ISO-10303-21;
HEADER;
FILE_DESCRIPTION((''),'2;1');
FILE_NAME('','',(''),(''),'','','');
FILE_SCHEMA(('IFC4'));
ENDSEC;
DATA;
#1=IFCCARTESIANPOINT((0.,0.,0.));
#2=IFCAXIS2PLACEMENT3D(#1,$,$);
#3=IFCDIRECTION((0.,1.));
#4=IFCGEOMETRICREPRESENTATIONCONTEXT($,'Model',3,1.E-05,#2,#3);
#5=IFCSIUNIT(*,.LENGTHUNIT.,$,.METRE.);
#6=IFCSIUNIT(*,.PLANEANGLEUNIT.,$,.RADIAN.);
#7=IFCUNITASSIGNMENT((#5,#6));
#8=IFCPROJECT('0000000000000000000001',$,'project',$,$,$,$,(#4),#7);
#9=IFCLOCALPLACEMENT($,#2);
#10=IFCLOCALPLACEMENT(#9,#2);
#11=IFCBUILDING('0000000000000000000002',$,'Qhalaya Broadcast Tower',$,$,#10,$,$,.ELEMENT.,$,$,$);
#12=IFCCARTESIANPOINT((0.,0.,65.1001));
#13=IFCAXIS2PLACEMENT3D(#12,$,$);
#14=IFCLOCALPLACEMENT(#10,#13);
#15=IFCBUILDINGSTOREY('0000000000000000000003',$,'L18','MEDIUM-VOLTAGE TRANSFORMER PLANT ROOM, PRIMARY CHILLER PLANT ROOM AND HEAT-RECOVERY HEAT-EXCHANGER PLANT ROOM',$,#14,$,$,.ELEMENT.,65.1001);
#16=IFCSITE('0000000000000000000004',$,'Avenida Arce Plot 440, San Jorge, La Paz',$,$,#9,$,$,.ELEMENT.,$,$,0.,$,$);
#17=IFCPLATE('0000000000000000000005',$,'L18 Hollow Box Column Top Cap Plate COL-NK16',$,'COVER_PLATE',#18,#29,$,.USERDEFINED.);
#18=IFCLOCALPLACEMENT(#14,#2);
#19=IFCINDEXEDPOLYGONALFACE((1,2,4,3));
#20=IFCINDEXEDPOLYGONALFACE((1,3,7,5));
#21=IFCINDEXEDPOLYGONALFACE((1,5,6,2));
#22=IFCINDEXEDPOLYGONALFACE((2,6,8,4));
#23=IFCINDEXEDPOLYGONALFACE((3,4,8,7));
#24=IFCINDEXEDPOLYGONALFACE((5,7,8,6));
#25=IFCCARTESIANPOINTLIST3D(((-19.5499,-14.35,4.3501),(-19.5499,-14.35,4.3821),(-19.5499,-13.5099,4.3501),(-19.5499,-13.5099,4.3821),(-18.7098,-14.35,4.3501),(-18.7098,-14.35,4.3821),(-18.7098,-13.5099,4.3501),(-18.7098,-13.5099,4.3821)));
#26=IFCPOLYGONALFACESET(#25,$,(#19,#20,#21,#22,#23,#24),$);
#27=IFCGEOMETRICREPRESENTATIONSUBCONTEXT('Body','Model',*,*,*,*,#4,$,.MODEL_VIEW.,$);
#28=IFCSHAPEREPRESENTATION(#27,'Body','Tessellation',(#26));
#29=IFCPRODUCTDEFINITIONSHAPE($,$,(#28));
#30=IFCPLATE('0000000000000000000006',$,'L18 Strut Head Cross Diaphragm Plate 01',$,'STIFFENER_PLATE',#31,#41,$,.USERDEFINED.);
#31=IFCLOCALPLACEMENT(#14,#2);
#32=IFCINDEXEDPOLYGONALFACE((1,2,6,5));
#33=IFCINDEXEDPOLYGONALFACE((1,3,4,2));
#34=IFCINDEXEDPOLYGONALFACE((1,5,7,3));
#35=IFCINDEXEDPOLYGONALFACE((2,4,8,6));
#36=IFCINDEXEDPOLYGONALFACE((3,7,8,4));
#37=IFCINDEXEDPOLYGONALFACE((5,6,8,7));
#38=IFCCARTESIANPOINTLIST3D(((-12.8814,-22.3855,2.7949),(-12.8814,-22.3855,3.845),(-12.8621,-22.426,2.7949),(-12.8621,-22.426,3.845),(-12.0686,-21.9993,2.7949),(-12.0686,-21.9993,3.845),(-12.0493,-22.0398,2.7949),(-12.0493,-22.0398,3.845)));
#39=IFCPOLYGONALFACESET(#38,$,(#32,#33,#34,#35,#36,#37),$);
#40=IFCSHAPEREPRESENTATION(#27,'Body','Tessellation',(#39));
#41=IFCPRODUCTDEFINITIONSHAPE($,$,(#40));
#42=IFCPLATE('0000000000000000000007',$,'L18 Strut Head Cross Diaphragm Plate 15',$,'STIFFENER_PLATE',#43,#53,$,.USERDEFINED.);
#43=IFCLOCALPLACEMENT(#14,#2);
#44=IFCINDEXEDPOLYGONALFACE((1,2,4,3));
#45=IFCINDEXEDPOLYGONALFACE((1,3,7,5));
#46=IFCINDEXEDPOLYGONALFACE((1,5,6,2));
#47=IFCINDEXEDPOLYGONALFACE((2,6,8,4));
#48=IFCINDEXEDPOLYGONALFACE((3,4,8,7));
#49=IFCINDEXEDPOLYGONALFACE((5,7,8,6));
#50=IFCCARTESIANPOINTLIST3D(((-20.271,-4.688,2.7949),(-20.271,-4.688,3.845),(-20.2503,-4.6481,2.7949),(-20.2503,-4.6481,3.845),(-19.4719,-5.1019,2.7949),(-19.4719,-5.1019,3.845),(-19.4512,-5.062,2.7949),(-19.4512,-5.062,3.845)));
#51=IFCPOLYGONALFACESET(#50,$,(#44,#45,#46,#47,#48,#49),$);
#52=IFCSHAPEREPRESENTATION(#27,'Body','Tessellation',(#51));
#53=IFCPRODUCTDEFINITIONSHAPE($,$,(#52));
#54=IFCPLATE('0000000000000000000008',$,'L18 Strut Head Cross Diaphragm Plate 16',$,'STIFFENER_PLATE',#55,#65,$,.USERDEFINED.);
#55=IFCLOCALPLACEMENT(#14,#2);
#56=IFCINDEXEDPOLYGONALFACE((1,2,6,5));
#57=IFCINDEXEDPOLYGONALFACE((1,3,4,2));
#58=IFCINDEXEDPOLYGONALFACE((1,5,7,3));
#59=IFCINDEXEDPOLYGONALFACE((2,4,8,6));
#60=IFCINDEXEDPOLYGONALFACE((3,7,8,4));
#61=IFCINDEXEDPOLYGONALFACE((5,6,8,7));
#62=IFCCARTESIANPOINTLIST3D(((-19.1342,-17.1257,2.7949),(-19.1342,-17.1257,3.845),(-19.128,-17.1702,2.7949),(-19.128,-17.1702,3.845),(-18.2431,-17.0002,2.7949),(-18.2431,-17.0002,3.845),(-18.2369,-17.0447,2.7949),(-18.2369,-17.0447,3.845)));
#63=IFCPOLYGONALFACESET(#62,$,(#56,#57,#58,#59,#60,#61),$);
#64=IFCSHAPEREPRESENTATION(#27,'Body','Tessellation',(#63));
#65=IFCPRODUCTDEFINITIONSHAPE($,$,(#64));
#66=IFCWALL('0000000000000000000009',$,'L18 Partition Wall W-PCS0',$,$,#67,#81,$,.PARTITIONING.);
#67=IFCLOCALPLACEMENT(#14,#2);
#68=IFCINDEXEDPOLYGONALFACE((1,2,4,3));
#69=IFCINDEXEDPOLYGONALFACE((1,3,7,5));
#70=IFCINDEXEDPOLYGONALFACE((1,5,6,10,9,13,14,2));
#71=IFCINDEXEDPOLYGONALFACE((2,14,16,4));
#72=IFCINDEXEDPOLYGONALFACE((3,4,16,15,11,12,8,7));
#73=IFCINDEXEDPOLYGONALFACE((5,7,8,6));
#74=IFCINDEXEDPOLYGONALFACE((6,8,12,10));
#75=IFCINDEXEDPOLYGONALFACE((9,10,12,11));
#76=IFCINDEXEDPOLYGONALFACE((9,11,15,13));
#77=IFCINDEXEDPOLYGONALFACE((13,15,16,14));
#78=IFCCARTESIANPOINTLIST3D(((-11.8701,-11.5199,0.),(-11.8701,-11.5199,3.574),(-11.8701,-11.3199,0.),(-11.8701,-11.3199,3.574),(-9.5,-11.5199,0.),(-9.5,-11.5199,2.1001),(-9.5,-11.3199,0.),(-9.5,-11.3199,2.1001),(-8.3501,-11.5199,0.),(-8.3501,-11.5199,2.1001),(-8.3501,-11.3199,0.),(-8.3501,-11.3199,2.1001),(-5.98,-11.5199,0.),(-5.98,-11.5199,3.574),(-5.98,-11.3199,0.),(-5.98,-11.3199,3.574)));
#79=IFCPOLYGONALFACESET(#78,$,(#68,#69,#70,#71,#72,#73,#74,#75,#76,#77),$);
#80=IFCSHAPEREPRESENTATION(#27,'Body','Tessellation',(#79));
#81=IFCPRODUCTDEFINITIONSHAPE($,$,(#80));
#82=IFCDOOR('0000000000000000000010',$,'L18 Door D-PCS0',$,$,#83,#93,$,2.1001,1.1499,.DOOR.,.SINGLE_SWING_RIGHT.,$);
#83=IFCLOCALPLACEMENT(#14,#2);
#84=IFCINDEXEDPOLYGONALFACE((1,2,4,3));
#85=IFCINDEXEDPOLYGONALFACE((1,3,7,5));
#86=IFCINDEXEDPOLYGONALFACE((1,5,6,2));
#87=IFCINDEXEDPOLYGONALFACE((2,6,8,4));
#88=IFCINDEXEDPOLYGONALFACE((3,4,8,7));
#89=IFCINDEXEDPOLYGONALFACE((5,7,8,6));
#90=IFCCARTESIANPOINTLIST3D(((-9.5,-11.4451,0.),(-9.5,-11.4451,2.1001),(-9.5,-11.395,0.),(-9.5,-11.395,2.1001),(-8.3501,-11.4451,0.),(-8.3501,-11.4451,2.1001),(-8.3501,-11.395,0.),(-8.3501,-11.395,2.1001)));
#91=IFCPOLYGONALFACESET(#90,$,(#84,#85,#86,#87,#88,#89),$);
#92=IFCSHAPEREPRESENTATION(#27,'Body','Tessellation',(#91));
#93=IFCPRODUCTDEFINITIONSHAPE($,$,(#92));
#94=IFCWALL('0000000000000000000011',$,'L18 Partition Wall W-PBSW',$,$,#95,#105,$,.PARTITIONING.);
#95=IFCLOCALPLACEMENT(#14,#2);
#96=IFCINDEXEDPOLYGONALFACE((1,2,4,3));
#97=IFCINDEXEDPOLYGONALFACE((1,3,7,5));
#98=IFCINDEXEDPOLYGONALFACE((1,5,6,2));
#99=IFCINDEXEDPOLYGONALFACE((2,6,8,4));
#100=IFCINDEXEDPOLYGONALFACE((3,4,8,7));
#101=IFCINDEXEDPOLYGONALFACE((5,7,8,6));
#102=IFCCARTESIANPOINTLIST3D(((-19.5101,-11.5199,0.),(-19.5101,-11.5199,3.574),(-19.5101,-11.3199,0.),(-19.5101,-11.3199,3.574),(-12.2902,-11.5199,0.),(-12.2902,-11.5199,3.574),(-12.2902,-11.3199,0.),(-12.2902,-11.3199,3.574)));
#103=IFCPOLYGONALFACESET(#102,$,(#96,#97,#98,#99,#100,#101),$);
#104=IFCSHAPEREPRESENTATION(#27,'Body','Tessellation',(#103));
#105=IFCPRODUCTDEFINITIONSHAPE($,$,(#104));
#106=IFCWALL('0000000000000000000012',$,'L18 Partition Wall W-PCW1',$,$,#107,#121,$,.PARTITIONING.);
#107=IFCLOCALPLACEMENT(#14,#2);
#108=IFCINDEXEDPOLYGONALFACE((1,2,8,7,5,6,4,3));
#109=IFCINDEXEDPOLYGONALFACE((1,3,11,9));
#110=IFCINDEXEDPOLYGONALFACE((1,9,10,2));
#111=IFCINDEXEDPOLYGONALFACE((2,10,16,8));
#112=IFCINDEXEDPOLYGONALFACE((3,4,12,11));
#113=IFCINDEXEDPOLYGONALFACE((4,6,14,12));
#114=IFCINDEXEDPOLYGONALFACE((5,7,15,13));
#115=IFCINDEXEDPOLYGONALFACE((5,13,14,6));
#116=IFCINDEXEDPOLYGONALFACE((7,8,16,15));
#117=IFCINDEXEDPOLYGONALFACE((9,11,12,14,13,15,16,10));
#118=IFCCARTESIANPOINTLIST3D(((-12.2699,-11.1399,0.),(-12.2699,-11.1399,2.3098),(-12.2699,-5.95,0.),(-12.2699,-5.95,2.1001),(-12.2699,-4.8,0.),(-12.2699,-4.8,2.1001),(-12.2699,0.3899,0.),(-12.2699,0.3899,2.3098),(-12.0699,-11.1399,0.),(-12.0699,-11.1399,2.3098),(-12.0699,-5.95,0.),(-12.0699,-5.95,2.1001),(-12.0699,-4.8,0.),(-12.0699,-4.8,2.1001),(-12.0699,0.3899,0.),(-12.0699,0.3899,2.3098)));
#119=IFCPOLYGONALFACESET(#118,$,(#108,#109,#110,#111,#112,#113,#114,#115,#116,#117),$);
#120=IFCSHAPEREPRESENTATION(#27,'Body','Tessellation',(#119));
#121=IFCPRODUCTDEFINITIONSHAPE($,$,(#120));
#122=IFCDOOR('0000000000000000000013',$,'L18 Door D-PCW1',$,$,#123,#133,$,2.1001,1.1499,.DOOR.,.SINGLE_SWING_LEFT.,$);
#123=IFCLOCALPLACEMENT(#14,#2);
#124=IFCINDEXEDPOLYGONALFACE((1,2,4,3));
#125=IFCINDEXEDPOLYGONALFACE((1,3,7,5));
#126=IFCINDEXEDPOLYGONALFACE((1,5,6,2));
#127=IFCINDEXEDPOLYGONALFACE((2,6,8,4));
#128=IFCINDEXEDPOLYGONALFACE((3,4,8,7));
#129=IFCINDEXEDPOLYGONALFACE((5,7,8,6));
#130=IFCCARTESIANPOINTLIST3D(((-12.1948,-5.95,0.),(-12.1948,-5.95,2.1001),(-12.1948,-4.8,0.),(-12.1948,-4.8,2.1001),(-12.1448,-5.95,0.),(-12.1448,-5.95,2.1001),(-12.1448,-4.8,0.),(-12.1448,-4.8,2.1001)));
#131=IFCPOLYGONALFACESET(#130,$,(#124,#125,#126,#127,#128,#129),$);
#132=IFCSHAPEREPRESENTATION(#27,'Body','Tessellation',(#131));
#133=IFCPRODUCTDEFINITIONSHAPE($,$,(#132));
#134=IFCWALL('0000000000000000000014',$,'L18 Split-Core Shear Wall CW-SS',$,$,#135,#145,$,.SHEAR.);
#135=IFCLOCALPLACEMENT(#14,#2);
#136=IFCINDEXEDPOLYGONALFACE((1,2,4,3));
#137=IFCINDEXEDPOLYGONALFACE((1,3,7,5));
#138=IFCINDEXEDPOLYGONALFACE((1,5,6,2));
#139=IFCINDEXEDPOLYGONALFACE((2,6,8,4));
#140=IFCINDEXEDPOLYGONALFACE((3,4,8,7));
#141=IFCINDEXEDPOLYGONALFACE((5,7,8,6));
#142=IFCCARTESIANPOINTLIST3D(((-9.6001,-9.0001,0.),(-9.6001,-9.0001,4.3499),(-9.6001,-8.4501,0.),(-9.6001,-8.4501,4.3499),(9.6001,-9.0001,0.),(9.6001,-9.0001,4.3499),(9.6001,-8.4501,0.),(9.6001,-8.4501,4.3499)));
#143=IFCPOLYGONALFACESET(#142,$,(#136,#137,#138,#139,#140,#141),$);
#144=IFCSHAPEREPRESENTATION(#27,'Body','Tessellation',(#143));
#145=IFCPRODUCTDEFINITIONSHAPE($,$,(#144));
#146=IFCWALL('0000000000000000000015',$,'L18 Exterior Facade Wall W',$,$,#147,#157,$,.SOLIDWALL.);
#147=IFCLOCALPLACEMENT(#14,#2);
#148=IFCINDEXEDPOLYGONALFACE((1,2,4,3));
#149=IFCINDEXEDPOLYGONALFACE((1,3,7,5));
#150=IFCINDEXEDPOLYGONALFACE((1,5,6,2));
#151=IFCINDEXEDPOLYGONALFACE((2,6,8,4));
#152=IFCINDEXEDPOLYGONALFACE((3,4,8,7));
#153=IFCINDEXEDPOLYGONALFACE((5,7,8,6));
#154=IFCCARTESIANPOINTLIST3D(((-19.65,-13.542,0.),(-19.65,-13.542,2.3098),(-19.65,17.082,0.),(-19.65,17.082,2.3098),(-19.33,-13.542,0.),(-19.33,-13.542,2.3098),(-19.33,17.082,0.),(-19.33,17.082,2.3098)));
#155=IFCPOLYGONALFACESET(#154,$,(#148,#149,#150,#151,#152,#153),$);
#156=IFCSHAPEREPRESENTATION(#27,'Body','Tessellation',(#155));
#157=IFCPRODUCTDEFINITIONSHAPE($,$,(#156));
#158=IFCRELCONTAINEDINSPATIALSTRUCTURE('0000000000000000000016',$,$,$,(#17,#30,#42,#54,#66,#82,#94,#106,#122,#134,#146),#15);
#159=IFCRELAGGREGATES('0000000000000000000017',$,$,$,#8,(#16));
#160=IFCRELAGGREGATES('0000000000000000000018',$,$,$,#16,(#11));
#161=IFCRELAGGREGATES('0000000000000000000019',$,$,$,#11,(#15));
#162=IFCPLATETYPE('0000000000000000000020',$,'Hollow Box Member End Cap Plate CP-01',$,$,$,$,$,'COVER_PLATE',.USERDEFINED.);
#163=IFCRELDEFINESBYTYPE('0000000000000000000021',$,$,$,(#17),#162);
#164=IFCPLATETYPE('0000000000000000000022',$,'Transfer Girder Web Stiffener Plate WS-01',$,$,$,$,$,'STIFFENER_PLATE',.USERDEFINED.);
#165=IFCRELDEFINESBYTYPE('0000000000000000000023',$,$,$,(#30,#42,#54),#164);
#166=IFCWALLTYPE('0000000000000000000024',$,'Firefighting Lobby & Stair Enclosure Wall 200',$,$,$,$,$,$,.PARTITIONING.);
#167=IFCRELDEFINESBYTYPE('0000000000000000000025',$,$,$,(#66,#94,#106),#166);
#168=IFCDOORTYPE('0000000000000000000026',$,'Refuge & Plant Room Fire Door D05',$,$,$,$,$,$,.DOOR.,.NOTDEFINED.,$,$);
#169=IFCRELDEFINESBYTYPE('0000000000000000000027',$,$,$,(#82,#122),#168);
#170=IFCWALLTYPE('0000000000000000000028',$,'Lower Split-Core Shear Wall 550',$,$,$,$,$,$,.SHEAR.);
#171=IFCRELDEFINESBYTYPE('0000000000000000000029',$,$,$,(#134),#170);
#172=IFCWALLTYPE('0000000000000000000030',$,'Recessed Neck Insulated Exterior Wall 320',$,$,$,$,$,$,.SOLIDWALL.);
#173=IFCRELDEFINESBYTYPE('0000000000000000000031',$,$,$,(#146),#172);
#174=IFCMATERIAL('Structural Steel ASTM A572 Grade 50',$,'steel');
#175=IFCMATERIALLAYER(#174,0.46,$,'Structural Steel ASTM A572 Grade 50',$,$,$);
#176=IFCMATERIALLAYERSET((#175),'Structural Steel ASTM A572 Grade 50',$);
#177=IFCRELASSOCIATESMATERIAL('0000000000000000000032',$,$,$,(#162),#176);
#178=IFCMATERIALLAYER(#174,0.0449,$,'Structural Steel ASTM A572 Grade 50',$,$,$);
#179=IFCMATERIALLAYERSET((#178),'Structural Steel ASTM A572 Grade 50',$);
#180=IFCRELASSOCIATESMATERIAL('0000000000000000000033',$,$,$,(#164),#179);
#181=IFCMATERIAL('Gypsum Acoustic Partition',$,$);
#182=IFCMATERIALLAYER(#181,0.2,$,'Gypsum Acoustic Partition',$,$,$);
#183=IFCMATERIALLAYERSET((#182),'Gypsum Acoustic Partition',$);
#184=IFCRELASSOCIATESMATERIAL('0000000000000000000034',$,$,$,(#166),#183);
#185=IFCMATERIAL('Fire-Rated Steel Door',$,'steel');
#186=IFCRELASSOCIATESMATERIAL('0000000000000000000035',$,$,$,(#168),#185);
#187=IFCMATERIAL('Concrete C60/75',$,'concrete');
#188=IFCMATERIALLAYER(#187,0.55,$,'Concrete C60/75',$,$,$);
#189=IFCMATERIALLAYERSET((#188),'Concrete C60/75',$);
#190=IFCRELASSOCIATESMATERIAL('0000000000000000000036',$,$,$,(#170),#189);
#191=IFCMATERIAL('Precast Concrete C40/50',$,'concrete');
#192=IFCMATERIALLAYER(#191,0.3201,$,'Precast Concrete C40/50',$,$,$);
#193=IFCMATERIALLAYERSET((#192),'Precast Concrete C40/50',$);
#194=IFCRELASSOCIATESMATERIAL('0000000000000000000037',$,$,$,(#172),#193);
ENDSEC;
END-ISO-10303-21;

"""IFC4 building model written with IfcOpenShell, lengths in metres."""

from ifc_helpers import new_model, si_unit, direction, frame, frame_2d, origin, origin_2d, place, context, subcontext, project, spatial, rectangle, extrude, material, layer, layer_set, type_object, element, fill, save


model = new_model("IFC4")

# Units and contexts
model_context = context("Model", 3, precision=1e-05, world=origin(), true_north=direction((0.0, 1.0)))
body_context = subcontext(model_context, "Body", "Model", "MODEL_VIEW")
ifc_project = project(units=[si_unit("LENGTHUNIT", "METRE"), si_unit("PLANEANGLEUNIT", "RADIAN")], contexts=[model_context])

# Site, building, storey
site_placement = place(None, origin())
site = spatial("IfcSite", under=ifc_project, at=site_placement, Name="Avenida Arce Plot 440, San Jorge, La Paz", CompositionType="ELEMENT", RefElevation=0.0)
building_placement = place(site_placement, origin())
building = spatial("IfcBuilding", under=site, at=building_placement, Name="Qhalaya Broadcast Tower", CompositionType="ELEMENT")
storey_placement = place(building_placement, frame((0.0, 0.0, 65.1001)))
storey = spatial("IfcBuildingStorey", under=building, at=storey_placement, Name="L18", Description="MEDIUM-VOLTAGE TRANSFORMER PLANT ROOM, PRIMARY CHILLER PLANT ROOM AND HEAT-RECOVERY HEAT-EXCHANGER PLANT ROOM", CompositionType="ELEMENT", Elevation=65.1001)

# Shared definitions
ifc_material_1 = material(Name="Structural Steel ASTM A572 Grade 50", Category="steel")

# Plates
ifc_layer_1 = layer(ifc_material_1, 0.46, Name="Structural Steel ASTM A572 Grade 50")
ifc_layer_set_1 = layer_set([ifc_layer_1], Name="Structural Steel ASTM A572 Grade 50")
plate_type_1 = type_object("IfcPlateType", Name="Hollow Box Member End Cap Plate CP-01", ElementType="COVER_PLATE", PredefinedType="USERDEFINED", material=ifc_layer_set_1)
for number, where, z_axis, x_axis, name in (
    (1, (-19.1299, -13.9299, 4.3501), (0.0, 0.0, 1.0), (0.0, 1.0, 0.0), "L18 Hollow Box Column Top Cap Plate COL-NK16"),
):
    element("IfcPlate", number, at=place(storey_placement, frame(where, z_axis=z_axis, x_axis=x_axis)), inside=storey, type_object=plate_type_1, Name=name, ObjectType="COVER_PLATE", PredefinedType="USERDEFINED", context=body_context, shape_type="SweptSolid", body=[
        extrude(rectangle(XDim=0.8401, YDim=0.8401, at=origin_2d()), origin(), (0.0, 0.0, 1.0), 0.032),
    ])
ifc_layer_2 = layer(ifc_material_1, 0.0449, Name="Structural Steel ASTM A572 Grade 50")
ifc_layer_set_2 = layer_set([ifc_layer_2], Name="Structural Steel ASTM A572 Grade 50")
plate_type_2 = type_object("IfcPlateType", Name="Transfer Girder Web Stiffener Plate WS-01", ElementType="STIFFENER_PLATE", PredefinedType="USERDEFINED", material=ifc_layer_set_2)
for number, where, z_axis, x_axis, name in (
    (2, (-12.4653, -22.2126, 2.7949), (0.0, 0.0, 1.0), (0.903238, 0.42914, 0.0), "L18 Strut Head Cross Diaphragm Plate 01"),
    (3, (-19.8611, -4.875, 2.7949), (0.0, 0.0, 1.0), (0.88796, -0.459921, 0.0), "L18 Strut Head Cross Diaphragm Plate 15"),
    (4, (-18.6855, -17.0852, 2.7949), (0.0, 0.0, 1.0), (0.990222, 0.139501, 0.0), "L18 Strut Head Cross Diaphragm Plate 16"),
):
    element("IfcPlate", number, at=place(storey_placement, frame(where, z_axis=z_axis, x_axis=x_axis)), inside=storey, type_object=plate_type_2, Name=name, ObjectType="STIFFENER_PLATE", PredefinedType="USERDEFINED", context=body_context, shape_type="SweptSolid", body=[
        extrude(rectangle(XDim=0.8999, YDim=0.0449, at=origin_2d()), origin(), (0.0, 0.0, 1.0), 1.05),
    ])

# Wall, opening, door
ifc_material_2 = material(Name="Gypsum Acoustic Partition")
ifc_layer_3 = layer(ifc_material_2, 0.2, Name="Gypsum Acoustic Partition")
ifc_layer_set_3 = layer_set([ifc_layer_3], Name="Gypsum Acoustic Partition")
wall_type_1 = type_object("IfcWallType", Name="Firefighting Lobby & Stair Enclosure Wall 200", PredefinedType="PARTITIONING", material=ifc_layer_set_3)
wall_1_placement = place(storey_placement, frame((-11.8701, -11.4199, 0.0), z_axis=(0.0, 0.0, 1.0), x_axis=(1.0, 0.0, 0.0)))
wall_1 = element("IfcWall", 5, at=wall_1_placement, inside=storey, type_object=wall_type_1, Name="L18 Partition Wall W-PCS0", PredefinedType="PARTITIONING", context=body_context, shape_type="SweptSolid", body=[
    extrude(rectangle(XDim=5.8901, YDim=0.2, at=frame_2d((2.9451, 0.0))), origin(), (0.0, 0.0, 1.0), 3.574),
])
opening_1_placement = place(wall_1_placement, frame((2.3701, 0.0, 0.0)))
opening_1 = element("IfcOpeningElement", 6, at=opening_1_placement, cuts=wall_1, PredefinedType="OPENING", context=body_context, shape_type="SweptSolid", body=[
    extrude(rectangle(XDim=1.1499, YDim=2.1001, at=frame_2d((0.575, 1.05))), frame((0.0, 0.1121, 0.0), z_axis=(0.0, -1.0, 0.0), x_axis=(1.0, 0.0, 0.0)), (0.0, 0.0, 1.0), 0.2239),
])
ifc_material_3 = material(Name="Fire-Rated Steel Door", Category="steel")
door_type = type_object("IfcDoorType", Name="Refuge & Plant Room Fire Door D05", OperationType="NOTDEFINED", PredefinedType="DOOR", material=ifc_material_3)
door_1_placement = place(opening_1_placement, origin())
door_1 = element("IfcDoor", 7, at=door_1_placement, inside=storey, type_object=door_type, Name="L18 Door D-PCS0", OperationType="SINGLE_SWING_RIGHT", OverallHeight=2.1001, OverallWidth=1.1499, PredefinedType="DOOR", context=body_context, shape_type="SweptSolid", body=[
    extrude(rectangle(XDim=1.1499, YDim=2.1001, at=frame_2d((0.575, 1.05))), frame((0.0, 0.0249, 0.0), z_axis=(0.0, -1.0, 0.0), x_axis=(1.0, 0.0, 0.0)), (0.0, 0.0, 1.0), 0.05),
])
fill(opening_1, door_1)

# Wall
wall_2_placement = place(storey_placement, frame((-19.51, -11.4199, 0.0), z_axis=(0.0, 0.0, 1.0), x_axis=(1.0, 0.0, 0.0)))
element("IfcWall", 8, at=wall_2_placement, inside=storey, type_object=wall_type_1, Name="L18 Partition Wall W-PBSW", PredefinedType="PARTITIONING", context=body_context, shape_type="SweptSolid", body=[
    extrude(rectangle(XDim=7.22, YDim=0.2, at=frame_2d((3.6099, 0.0))), origin(), (0.0, 0.0, 1.0), 3.574),
])

# Wall, opening, door
wall_3_placement = place(storey_placement, frame((-12.1699, -11.1399, 0.0), z_axis=(0.0, 0.0, 1.0), x_axis=(0.0, 1.0, 0.0)))
wall_3 = element("IfcWall", 9, at=wall_3_placement, inside=storey, type_object=wall_type_1, Name="L18 Partition Wall W-PCW1", PredefinedType="PARTITIONING", context=body_context, shape_type="SweptSolid", body=[
    extrude(rectangle(XDim=11.5298, YDim=0.2, at=frame_2d((5.7649, 0.0))), origin(), (0.0, 0.0, 1.0), 2.3098),
])
opening_2_placement = place(wall_3_placement, frame((5.1899, 0.0, 0.0)))
opening_2 = element("IfcOpeningElement", 10, at=opening_2_placement, cuts=wall_3, PredefinedType="OPENING", context=body_context, shape_type="SweptSolid", body=[
    extrude(rectangle(XDim=1.1499, YDim=2.1001, at=frame_2d((0.575, 1.05))), frame((0.0, 0.1121, 0.0), z_axis=(0.0, -1.0, 0.0), x_axis=(1.0, 0.0, 0.0)), (0.0, 0.0, 1.0), 0.2239),
])
door_2_placement = place(opening_2_placement, origin())
door_2 = element("IfcDoor", 11, at=door_2_placement, inside=storey, type_object=door_type, Name="L18 Door D-PCW1", OperationType="SINGLE_SWING_LEFT", OverallHeight=2.1001, OverallWidth=1.1499, PredefinedType="DOOR", context=body_context, shape_type="SweptSolid", body=[
    extrude(rectangle(XDim=1.1499, YDim=2.1001, at=frame_2d((0.575, 1.05))), frame((0.0, 0.0249, 0.0), z_axis=(0.0, -1.0, 0.0), x_axis=(1.0, 0.0, 0.0)), (0.0, 0.0, 1.0), 0.05),
])
fill(opening_2, door_2)

# Walls
ifc_material_4 = material(Name="Concrete C60/75", Category="concrete")
ifc_layer_4 = layer(ifc_material_4, 0.55, Name="Concrete C60/75")
ifc_layer_set_4 = layer_set([ifc_layer_4], Name="Concrete C60/75")
wall_type_2 = type_object("IfcWallType", Name="Lower Split-Core Shear Wall 550", PredefinedType="SHEAR", material=ifc_layer_set_4)
wall_4_placement = place(storey_placement, frame((-9.6001, -8.7251, 0.0), z_axis=(0.0, 0.0, 1.0), x_axis=(1.0, 0.0, 0.0)))
element("IfcWall", 12, at=wall_4_placement, inside=storey, type_object=wall_type_2, Name="L18 Split-Core Shear Wall CW-SS", PredefinedType="SHEAR", context=body_context, shape_type="SweptSolid", body=[
    extrude(rectangle(XDim=19.2002, YDim=0.55, at=frame_2d((9.6001, 0.0))), origin(), (0.0, 0.0, 1.0), 4.3499),
])
ifc_material_5 = material(Name="Precast Concrete C40/50", Category="concrete")
ifc_layer_5 = layer(ifc_material_5, 0.3201, Name="Precast Concrete C40/50")
ifc_layer_set_5 = layer_set([ifc_layer_5], Name="Precast Concrete C40/50")
wall_type_3 = type_object("IfcWallType", Name="Recessed Neck Insulated Exterior Wall 320", PredefinedType="SOLIDWALL", material=ifc_layer_set_5)
wall_5_placement = place(storey_placement, frame((-19.49, -13.542, 0.0), z_axis=(0.0, 0.0, 1.0), x_axis=(0.0, 1.0, 0.0)))
element("IfcWall", 13, at=wall_5_placement, inside=storey, type_object=wall_type_3, Name="L18 Exterior Facade Wall W", PredefinedType="SOLIDWALL", context=body_context, shape_type="SweptSolid", body=[
    extrude(rectangle(XDim=30.624, YDim=0.3201, at=frame_2d((15.312, 0.0))), origin(), (0.0, 0.0, 1.0), 2.3098),
])

save(model, "model.ifc")
